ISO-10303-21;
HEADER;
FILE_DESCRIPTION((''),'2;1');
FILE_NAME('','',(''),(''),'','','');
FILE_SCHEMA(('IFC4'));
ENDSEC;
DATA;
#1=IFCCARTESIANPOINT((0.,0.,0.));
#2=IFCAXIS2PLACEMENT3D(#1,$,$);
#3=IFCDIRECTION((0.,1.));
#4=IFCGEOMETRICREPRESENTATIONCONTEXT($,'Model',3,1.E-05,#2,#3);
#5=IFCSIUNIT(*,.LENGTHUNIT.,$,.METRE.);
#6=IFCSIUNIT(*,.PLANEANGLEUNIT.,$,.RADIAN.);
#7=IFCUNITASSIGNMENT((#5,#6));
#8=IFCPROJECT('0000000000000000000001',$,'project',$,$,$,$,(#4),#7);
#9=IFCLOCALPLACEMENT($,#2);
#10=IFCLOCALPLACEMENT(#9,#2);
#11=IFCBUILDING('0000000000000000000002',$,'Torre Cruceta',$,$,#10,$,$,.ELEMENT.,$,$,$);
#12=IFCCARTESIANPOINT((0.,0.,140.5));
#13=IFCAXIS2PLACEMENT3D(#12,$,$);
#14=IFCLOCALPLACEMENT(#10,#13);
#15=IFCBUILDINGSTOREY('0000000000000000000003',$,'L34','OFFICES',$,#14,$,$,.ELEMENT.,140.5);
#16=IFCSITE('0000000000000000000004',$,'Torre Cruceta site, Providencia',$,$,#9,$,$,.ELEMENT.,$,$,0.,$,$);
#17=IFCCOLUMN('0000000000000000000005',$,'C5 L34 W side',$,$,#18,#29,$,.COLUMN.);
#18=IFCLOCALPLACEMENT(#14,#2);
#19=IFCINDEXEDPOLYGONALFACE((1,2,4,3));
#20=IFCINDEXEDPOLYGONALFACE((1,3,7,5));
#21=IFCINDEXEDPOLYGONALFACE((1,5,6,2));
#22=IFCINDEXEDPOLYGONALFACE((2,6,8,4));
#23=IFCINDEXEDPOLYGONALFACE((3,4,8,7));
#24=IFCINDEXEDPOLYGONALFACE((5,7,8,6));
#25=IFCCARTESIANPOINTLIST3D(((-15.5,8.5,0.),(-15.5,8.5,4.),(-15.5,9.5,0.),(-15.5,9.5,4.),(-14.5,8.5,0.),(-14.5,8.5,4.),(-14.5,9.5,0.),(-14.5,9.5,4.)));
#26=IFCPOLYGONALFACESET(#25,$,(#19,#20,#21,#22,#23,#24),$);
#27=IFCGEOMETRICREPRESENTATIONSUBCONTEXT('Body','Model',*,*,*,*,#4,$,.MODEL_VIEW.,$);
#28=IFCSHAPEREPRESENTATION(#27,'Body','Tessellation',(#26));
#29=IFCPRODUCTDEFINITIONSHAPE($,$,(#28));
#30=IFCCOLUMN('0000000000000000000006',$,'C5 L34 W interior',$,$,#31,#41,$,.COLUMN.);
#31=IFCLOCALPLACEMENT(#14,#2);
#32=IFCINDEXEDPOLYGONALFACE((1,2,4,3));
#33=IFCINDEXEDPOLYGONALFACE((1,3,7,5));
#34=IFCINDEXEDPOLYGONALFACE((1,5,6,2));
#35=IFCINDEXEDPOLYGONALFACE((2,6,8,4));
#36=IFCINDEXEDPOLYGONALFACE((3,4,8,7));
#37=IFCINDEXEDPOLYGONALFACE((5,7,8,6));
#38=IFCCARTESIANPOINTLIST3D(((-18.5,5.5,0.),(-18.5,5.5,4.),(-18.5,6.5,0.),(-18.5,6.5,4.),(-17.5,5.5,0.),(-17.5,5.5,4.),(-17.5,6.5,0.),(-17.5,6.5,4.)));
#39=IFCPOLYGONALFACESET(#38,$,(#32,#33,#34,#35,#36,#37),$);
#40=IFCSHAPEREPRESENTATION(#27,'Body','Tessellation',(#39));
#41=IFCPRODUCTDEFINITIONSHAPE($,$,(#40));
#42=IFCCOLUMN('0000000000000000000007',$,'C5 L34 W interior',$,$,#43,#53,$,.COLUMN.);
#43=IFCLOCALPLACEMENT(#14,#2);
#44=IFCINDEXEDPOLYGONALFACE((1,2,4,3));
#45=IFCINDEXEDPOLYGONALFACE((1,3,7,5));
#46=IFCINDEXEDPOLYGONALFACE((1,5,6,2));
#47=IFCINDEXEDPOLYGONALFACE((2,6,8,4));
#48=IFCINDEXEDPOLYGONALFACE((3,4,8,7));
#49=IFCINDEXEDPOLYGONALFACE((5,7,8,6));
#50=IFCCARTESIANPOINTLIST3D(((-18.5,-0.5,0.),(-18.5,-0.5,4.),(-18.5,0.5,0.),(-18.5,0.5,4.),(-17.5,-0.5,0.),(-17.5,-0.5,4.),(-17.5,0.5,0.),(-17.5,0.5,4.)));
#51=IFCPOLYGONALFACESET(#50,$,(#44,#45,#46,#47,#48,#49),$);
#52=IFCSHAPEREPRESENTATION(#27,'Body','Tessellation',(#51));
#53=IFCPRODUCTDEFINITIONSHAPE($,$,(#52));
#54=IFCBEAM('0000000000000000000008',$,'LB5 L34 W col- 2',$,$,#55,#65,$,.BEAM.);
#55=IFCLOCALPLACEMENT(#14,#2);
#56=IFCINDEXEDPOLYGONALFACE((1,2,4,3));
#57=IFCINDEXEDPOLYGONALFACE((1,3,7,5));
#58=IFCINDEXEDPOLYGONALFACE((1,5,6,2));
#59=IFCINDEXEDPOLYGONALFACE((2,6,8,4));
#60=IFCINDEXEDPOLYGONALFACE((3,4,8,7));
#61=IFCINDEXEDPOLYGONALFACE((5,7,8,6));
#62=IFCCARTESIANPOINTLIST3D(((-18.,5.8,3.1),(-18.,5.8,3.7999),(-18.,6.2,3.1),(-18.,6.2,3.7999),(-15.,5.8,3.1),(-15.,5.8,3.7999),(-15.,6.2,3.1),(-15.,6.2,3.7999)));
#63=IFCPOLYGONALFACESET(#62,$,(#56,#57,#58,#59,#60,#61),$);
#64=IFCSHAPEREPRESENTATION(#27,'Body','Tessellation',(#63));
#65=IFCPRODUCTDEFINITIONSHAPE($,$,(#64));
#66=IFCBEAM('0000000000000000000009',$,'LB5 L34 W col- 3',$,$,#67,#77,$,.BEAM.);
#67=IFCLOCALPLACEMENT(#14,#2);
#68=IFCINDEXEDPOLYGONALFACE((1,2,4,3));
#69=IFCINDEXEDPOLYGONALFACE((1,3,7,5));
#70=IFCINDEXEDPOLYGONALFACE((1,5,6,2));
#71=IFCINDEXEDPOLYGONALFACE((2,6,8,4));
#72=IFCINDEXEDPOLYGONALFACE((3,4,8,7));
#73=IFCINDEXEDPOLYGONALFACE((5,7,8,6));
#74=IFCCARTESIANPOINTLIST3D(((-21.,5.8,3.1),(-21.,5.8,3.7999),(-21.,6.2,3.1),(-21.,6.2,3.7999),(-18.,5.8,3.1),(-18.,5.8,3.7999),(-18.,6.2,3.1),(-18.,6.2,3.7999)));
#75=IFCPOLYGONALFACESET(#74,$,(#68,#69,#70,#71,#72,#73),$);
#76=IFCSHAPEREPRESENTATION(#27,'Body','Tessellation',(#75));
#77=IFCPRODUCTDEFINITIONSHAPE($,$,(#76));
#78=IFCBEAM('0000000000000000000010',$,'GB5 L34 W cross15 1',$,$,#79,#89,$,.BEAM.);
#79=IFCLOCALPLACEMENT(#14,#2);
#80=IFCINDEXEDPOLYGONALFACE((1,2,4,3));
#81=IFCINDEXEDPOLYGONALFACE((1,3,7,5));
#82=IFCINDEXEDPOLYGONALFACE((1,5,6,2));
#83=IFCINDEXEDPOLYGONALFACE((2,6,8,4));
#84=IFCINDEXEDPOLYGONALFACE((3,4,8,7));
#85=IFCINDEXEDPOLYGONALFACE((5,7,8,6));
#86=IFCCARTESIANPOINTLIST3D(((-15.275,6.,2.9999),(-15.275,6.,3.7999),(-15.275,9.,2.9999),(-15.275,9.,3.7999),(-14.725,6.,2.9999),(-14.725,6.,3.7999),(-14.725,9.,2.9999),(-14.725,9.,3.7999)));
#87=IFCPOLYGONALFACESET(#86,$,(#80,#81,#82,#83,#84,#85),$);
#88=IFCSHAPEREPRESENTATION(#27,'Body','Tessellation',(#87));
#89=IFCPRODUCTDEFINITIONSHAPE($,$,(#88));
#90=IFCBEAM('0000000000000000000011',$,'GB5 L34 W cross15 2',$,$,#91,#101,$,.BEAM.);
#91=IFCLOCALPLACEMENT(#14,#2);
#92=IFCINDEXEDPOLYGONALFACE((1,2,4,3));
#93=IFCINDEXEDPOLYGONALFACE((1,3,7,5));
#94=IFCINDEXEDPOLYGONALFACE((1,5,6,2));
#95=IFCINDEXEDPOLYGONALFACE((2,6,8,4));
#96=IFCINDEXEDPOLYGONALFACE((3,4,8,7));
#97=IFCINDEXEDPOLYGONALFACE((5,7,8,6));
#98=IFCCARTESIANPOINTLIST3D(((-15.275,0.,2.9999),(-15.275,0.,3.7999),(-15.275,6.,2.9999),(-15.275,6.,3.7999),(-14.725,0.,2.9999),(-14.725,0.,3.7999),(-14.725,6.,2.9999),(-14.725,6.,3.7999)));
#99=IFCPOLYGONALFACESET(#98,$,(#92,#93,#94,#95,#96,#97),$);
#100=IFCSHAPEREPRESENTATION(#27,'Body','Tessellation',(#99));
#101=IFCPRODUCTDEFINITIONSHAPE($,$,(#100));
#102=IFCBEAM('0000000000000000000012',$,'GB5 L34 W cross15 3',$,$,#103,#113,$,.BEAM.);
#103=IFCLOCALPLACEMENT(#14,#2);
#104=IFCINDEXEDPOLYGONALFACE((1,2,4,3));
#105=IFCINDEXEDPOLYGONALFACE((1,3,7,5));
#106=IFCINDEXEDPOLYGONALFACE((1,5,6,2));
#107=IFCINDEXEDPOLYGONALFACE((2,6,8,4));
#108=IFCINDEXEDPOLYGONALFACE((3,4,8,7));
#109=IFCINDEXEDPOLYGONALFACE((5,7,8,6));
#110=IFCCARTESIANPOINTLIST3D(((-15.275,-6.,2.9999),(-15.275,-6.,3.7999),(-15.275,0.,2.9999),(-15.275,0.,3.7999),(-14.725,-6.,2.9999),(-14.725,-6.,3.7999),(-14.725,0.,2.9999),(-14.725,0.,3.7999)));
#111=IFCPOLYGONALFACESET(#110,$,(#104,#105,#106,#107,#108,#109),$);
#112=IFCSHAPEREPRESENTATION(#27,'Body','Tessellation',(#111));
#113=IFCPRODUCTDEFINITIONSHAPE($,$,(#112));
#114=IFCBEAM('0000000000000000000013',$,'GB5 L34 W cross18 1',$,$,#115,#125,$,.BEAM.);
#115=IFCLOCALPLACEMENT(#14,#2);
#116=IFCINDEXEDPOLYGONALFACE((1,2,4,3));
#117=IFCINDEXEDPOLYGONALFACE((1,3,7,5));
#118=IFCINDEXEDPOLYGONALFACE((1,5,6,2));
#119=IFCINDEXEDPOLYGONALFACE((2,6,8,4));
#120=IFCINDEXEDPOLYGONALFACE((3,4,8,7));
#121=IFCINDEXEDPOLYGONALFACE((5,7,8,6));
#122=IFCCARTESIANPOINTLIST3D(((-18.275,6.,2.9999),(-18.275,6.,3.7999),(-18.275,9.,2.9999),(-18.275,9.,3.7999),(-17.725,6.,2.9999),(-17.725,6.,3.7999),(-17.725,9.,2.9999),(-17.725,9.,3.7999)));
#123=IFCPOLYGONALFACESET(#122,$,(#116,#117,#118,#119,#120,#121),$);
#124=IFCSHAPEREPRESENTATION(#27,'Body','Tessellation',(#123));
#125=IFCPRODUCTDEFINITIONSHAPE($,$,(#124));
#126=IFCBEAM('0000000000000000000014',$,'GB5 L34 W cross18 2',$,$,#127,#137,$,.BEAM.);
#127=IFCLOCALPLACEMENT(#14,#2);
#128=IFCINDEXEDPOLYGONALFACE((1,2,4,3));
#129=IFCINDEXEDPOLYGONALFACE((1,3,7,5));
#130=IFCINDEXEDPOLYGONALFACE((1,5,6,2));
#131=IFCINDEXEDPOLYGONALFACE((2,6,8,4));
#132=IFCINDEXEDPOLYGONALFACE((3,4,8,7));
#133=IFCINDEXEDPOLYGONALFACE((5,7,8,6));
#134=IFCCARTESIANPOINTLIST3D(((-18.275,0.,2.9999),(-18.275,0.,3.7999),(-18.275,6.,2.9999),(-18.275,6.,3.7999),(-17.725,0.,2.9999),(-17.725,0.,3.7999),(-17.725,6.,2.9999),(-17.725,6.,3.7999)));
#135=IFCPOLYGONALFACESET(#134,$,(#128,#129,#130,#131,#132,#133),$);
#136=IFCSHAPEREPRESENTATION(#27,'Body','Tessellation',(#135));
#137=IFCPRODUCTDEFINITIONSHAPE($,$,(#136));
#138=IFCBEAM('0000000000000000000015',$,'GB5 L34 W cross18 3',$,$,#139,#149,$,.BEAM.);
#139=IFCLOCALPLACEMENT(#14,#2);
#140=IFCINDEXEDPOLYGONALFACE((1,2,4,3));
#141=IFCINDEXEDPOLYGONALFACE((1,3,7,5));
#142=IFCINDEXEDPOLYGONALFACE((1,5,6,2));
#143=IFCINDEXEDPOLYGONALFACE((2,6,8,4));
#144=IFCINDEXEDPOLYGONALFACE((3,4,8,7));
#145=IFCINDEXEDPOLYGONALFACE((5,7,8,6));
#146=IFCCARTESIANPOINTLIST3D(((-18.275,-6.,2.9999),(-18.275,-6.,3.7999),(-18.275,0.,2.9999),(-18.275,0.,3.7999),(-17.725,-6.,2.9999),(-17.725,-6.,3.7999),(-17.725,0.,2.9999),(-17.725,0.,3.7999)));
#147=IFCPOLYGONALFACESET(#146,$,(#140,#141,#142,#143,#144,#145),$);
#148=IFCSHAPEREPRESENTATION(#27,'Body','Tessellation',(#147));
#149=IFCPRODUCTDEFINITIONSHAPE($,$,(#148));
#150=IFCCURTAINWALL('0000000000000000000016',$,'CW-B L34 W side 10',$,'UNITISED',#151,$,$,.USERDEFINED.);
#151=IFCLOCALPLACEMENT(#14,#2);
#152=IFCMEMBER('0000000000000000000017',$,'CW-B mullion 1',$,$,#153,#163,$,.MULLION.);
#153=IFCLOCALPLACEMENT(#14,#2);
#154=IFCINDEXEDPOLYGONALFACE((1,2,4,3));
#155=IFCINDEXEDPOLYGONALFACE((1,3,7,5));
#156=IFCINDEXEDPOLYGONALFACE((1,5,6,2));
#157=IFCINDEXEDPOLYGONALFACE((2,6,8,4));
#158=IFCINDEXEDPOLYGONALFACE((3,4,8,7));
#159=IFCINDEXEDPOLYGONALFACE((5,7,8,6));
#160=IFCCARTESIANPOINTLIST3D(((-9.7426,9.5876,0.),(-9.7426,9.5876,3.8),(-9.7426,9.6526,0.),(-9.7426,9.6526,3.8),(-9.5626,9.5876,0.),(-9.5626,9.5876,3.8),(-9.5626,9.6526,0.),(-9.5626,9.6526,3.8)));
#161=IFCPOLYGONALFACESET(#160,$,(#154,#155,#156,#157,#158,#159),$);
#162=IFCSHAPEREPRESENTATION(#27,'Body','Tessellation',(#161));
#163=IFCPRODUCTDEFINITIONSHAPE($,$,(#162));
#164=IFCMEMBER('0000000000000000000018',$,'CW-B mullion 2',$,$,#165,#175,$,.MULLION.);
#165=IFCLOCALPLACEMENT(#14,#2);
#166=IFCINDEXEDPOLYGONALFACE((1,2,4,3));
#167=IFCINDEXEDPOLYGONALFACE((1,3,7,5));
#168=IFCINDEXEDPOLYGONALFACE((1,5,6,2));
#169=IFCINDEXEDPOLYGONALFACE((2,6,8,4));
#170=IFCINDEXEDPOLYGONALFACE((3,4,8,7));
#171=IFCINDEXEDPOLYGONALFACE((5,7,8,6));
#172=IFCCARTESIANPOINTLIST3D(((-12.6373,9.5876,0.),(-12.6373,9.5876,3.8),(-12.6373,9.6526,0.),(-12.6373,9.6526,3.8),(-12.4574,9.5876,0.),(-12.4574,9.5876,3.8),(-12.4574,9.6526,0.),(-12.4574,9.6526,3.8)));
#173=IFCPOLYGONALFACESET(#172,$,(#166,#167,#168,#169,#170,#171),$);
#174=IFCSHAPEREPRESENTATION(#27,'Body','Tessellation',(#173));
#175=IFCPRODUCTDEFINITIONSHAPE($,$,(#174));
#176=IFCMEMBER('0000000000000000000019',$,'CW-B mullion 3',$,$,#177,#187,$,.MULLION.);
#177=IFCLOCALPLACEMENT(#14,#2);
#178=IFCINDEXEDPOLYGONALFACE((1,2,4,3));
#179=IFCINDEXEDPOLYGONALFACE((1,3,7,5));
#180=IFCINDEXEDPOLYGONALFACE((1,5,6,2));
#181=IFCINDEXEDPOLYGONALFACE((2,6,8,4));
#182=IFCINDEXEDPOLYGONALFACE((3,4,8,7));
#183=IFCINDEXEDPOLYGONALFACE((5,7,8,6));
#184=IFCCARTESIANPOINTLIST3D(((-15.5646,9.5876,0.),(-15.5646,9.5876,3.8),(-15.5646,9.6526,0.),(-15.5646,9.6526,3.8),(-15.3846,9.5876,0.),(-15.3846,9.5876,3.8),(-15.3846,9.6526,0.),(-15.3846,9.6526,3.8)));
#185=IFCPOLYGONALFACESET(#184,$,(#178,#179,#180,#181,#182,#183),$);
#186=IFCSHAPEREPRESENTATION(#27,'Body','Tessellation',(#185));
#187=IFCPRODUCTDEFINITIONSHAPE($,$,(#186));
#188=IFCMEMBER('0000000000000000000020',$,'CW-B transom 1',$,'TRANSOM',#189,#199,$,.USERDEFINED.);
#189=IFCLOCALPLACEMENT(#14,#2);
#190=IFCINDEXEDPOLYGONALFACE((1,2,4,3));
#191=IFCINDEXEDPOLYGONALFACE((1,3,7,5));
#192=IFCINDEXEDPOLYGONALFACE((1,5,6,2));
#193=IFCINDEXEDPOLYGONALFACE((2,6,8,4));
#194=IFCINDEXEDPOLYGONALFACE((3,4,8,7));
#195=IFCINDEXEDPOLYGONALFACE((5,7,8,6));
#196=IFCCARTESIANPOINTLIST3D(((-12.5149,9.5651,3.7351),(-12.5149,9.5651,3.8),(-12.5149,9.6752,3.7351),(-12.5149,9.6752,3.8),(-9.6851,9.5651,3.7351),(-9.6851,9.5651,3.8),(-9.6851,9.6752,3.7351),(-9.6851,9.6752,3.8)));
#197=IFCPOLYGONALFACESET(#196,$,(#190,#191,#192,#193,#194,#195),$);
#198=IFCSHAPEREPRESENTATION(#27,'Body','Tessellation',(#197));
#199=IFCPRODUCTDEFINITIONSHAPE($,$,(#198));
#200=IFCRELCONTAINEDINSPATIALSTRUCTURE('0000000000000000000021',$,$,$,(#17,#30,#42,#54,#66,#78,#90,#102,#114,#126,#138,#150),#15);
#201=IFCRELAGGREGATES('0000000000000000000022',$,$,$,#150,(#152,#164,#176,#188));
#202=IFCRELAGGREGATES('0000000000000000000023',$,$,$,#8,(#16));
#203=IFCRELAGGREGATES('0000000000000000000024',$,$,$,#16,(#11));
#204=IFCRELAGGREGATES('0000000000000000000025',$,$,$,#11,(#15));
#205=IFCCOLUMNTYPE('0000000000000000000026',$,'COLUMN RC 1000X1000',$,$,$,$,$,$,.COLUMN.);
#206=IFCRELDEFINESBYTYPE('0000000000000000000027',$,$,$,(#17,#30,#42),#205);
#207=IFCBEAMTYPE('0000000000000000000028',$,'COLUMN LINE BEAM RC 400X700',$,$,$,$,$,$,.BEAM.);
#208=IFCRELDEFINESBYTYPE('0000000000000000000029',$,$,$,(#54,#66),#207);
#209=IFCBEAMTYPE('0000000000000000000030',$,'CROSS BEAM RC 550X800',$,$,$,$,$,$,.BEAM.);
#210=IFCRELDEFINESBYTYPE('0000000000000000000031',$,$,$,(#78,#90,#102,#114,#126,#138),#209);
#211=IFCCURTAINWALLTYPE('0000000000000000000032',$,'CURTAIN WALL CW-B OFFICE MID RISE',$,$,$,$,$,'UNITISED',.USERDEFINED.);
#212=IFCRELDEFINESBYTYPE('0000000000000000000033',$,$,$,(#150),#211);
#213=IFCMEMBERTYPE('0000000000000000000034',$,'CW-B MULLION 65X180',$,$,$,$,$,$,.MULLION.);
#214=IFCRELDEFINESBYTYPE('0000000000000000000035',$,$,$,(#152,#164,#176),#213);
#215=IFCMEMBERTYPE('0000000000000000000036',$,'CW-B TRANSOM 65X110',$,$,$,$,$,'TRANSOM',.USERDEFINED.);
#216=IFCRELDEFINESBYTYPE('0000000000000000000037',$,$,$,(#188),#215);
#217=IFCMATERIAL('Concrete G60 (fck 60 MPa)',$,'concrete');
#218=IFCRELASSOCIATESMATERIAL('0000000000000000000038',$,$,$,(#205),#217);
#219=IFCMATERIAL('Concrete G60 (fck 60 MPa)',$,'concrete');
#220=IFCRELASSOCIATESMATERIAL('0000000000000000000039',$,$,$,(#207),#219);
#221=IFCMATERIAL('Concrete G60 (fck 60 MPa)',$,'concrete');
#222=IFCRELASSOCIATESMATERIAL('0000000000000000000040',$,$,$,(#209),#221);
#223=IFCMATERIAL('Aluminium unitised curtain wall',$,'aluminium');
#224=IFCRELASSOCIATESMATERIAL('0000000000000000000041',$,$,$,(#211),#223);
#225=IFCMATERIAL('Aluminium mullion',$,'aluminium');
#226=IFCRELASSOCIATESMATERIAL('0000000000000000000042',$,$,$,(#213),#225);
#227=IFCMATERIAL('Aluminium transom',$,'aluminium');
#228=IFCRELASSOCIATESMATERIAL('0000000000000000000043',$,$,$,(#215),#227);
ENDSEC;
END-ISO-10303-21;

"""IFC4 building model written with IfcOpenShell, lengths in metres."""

from ifc_helpers import new_model, si_unit, direction, frame, origin, origin_2d, place, context, subcontext, project, spatial, rectangle, extrude, material, material_profile, profile_set, type_object, element, aggregate, save


model = new_model("IFC4")

# Units and contexts
model_context = context("Model", 3, precision=1e-05, world=origin(), true_north=direction((0.0, 1.0)))
body_context = subcontext(model_context, "Body", "Model", "MODEL_VIEW")
ifc_project = project(units=[si_unit("LENGTHUNIT", "METRE"), si_unit("PLANEANGLEUNIT", "RADIAN")], contexts=[model_context])

# Site, building, storey
site_placement = place(None, origin())
site = spatial("IfcSite", under=ifc_project, at=site_placement, Name="Torre Cruceta site, Providencia", CompositionType="ELEMENT", RefElevation=0.0)
building_placement = place(site_placement, origin())
building = spatial("IfcBuilding", under=site, at=building_placement, Name="Torre Cruceta", CompositionType="ELEMENT")
storey_placement = place(building_placement, frame((0.0, 0.0, 140.5)))
storey = spatial("IfcBuildingStorey", under=building, at=storey_placement, Name="L34", Description="OFFICES", CompositionType="ELEMENT", Elevation=140.5)

# Columns
ifc_material_1 = material(Name="Concrete G60 (fck 60 MPa)", Category="concrete")
ifc_material_profile_1 = material_profile(ifc_material_1, rectangle(XDim=1.0, YDim=1.0, at=origin_2d()), Name="RC 1000X1000")
ifc_profile_set_1 = profile_set([ifc_material_profile_1], Name="Concrete G60 (fck 60 MPa)")
column_type = type_object("IfcColumnType", Name="COLUMN RC 1000X1000", PredefinedType="COLUMN", material=ifc_profile_set_1)
for number, where, z_axis, x_axis, name in (
    (1, (-15.0, 9.0, 0.0), (0.0, 0.0, 1.0), (1.0, 0.0, 0.0), "C5 L34 W side"),
    (2, (-18.0, 6.0, 0.0), (0.0, 0.0, 1.0), (1.0, 0.0, 0.0), "C5 L34 W interior"),
    (3, (-18.0, 0.0, 0.0), (0.0, 0.0, 1.0), (1.0, 0.0, 0.0), "C5 L34 W interior"),
):
    element("IfcColumn", number, at=place(storey_placement, frame(where, z_axis=z_axis, x_axis=x_axis)), inside=storey, type_object=column_type, Name=name, PredefinedType="COLUMN", context=body_context, shape_type="SweptSolid", body=[
        extrude(rectangle(XDim=1.0, YDim=1.0, at=origin_2d()), origin(), (0.0, 0.0, 1.0), 4.0),
    ])

# Beams
ifc_material_2 = material(Name="Concrete G60 (fck 60 MPa)", Category="concrete")
ifc_material_profile_2 = material_profile(ifc_material_2, rectangle(XDim=0.3999, YDim=0.7, at=origin_2d()), Name="RC 400X700")
ifc_profile_set_2 = profile_set([ifc_material_profile_2], Name="Concrete G60 (fck 60 MPa)")
beam_type_1 = type_object("IfcBeamType", Name="COLUMN LINE BEAM RC 400X700", PredefinedType="BEAM", material=ifc_profile_set_2)
for number, where, z_axis, x_axis, name in (
    (4, (-15.0, 6.0, 3.45), (-1.0, 0.0, 0.0), (0.0, -1.0, 0.0), "LB5 L34 W col- 2"),
    (5, (-18.0, 6.0, 3.45), (-1.0, 0.0, 0.0), (0.0, -1.0, 0.0), "LB5 L34 W col- 3"),
):
    element("IfcBeam", number, at=place(storey_placement, frame(where, z_axis=z_axis, x_axis=x_axis)), inside=storey, type_object=beam_type_1, Name=name, PredefinedType="BEAM", context=body_context, shape_type="SweptSolid", body=[
        extrude(rectangle(XDim=0.3999, YDim=0.7, at=origin_2d()), origin(), (0.0, 0.0, 1.0), 3.0),
    ])
ifc_material_3 = material(Name="Concrete G60 (fck 60 MPa)", Category="concrete")
ifc_material_profile_3 = material_profile(ifc_material_3, rectangle(XDim=0.55, YDim=0.8, at=origin_2d()), Name="RC 550X800")
ifc_profile_set_3 = profile_set([ifc_material_profile_3], Name="Concrete G60 (fck 60 MPa)")
beam_type_2 = type_object("IfcBeamType", Name="CROSS BEAM RC 550X800", PredefinedType="BEAM", material=ifc_profile_set_3)
beam_1_placement = place(storey_placement, frame((-15.0, 9.0, 3.3999), z_axis=(0.0, -1.0, 0.0), x_axis=(1.0, 0.0, 0.0)))
element("IfcBeam", 6, at=beam_1_placement, inside=storey, type_object=beam_type_2, Name="GB5 L34 W cross15 1", PredefinedType="BEAM", context=body_context, shape_type="SweptSolid", body=[
    extrude(rectangle(XDim=0.55, YDim=0.8, at=origin_2d()), origin(), (0.0, 0.0, 1.0), 3.0),
])
for number, where, z_axis, x_axis, name in (
    (7, (-15.0, 6.0, 3.3999), (0.0, -1.0, 0.0), (1.0, 0.0, 0.0), "GB5 L34 W cross15 2"),
    (8, (-15.0, 0.0, 3.3999), (0.0, -1.0, 0.0), (1.0, 0.0, 0.0), "GB5 L34 W cross15 3"),
):
    element("IfcBeam", number, at=place(storey_placement, frame(where, z_axis=z_axis, x_axis=x_axis)), inside=storey, type_object=beam_type_2, Name=name, PredefinedType="BEAM", context=body_context, shape_type="SweptSolid", body=[
        extrude(rectangle(XDim=0.55, YDim=0.8, at=origin_2d()), origin(), (0.0, 0.0, 1.0), 6.0),
    ])
beam_2_placement = place(storey_placement, frame((-18.0, 9.0, 3.3999), z_axis=(0.0, -1.0, 0.0), x_axis=(1.0, 0.0, 0.0)))
element("IfcBeam", 9, at=beam_2_placement, inside=storey, type_object=beam_type_2, Name="GB5 L34 W cross18 1", PredefinedType="BEAM", context=body_context, shape_type="SweptSolid", body=[
    extrude(rectangle(XDim=0.55, YDim=0.8, at=origin_2d()), origin(), (0.0, 0.0, 1.0), 3.0),
])
for number, where, z_axis, x_axis, name in (
    (10, (-18.0, 6.0, 3.3999), (0.0, -1.0, 0.0), (1.0, 0.0, 0.0), "GB5 L34 W cross18 2"),
    (11, (-18.0, 0.0, 3.3999), (0.0, -1.0, 0.0), (1.0, 0.0, 0.0), "GB5 L34 W cross18 3"),
):
    element("IfcBeam", number, at=place(storey_placement, frame(where, z_axis=z_axis, x_axis=x_axis)), inside=storey, type_object=beam_type_2, Name=name, PredefinedType="BEAM", context=body_context, shape_type="SweptSolid", body=[
        extrude(rectangle(XDim=0.55, YDim=0.8, at=origin_2d()), origin(), (0.0, 0.0, 1.0), 6.0),
    ])

# Curtain wall, members
ifc_material_4 = material(Name="Aluminium unitised curtain wall", Category="aluminium")
curtain_wall_type = type_object("IfcCurtainWallType", Name="CURTAIN WALL CW-B OFFICE MID RISE", ElementType="UNITISED", PredefinedType="USERDEFINED", material=ifc_material_4)
curtain_wall_placement = place(storey_placement, origin())
curtain_wall = element("IfcCurtainWall", 12, at=curtain_wall_placement, inside=storey, type_object=curtain_wall_type, Name="CW-B L34 W side 10", ObjectType="UNITISED", PredefinedType="USERDEFINED")
ifc_material_5 = material(Name="Aluminium mullion", Category="aluminium")
ifc_material_profile_4 = material_profile(ifc_material_5, rectangle(XDim=0.0649, YDim=0.1799, at=origin_2d()), Name="AL 65X180")
ifc_profile_set_4 = profile_set([ifc_material_profile_4], Name="Aluminium mullion")
member_type_1 = type_object("IfcMemberType", Name="CW-B MULLION 65X180", PredefinedType="MULLION", material=ifc_profile_set_4)
member_1_placement = place(storey_placement, frame((-9.6526, 9.6201, 0.0), z_axis=(0.0, 0.0, 1.0), x_axis=(0.0, -1.0, 0.0)))
member_1 = element("IfcMember", 13, at=member_1_placement, type_object=member_type_1, Name="CW-B mullion 1", PredefinedType="MULLION", context=body_context, shape_type="SweptSolid", body=[
    extrude(rectangle(XDim=0.0649, YDim=0.1799, at=origin_2d()), origin(), (0.0, 0.0, 1.0), 3.8),
])
member_2_placement = place(storey_placement, frame((-12.5474, 9.6201, 0.0), z_axis=(0.0, 0.0, 1.0), x_axis=(0.0, -1.0, 0.0)))
member_2 = element("IfcMember", 14, at=member_2_placement, type_object=member_type_1, Name="CW-B mullion 2", PredefinedType="MULLION", context=body_context, shape_type="SweptSolid", body=[
    extrude(rectangle(XDim=0.0649, YDim=0.1799, at=origin_2d()), origin(), (0.0, 0.0, 1.0), 3.8),
])
member_3_placement = place(storey_placement, frame((-15.4746, 9.6201, 0.0), z_axis=(0.0, 0.0, 1.0), x_axis=(0.0, -1.0, 0.0)))
member_3 = element("IfcMember", 15, at=member_3_placement, type_object=member_type_1, Name="CW-B mullion 3", PredefinedType="MULLION", context=body_context, shape_type="SweptSolid", body=[
    extrude(rectangle(XDim=0.0649, YDim=0.1799, at=origin_2d()), origin(), (0.0, 0.0, 1.0), 3.8),
])
ifc_material_6 = material(Name="Aluminium transom", Category="aluminium")
ifc_material_profile_5 = material_profile(ifc_material_6, rectangle(XDim=0.1101, YDim=0.0649, at=origin_2d()), Name="AL 110X65")
ifc_profile_set_5 = profile_set([ifc_material_profile_5], Name="Aluminium transom")
member_type_2 = type_object("IfcMemberType", Name="CW-B TRANSOM 65X110", ElementType="TRANSOM", PredefinedType="USERDEFINED", material=ifc_profile_set_5)
member_4_placement = place(storey_placement, frame((-9.6851, 9.6201, 3.7676), z_axis=(-1.0, 0.0, 0.0), x_axis=(0.0, -1.0, 0.0)))
member_4 = element("IfcMember", 16, at=member_4_placement, type_object=member_type_2, Name="CW-B transom 1", ObjectType="TRANSOM", PredefinedType="USERDEFINED", context=body_context, shape_type="SweptSolid", body=[
    extrude(rectangle(XDim=0.1101, YDim=0.0649, at=origin_2d()), origin(), (0.0, 0.0, 1.0), 2.8298),
])

aggregate(curtain_wall, [member_1, member_2, member_3, member_4])

save(model, "model.ifc")
